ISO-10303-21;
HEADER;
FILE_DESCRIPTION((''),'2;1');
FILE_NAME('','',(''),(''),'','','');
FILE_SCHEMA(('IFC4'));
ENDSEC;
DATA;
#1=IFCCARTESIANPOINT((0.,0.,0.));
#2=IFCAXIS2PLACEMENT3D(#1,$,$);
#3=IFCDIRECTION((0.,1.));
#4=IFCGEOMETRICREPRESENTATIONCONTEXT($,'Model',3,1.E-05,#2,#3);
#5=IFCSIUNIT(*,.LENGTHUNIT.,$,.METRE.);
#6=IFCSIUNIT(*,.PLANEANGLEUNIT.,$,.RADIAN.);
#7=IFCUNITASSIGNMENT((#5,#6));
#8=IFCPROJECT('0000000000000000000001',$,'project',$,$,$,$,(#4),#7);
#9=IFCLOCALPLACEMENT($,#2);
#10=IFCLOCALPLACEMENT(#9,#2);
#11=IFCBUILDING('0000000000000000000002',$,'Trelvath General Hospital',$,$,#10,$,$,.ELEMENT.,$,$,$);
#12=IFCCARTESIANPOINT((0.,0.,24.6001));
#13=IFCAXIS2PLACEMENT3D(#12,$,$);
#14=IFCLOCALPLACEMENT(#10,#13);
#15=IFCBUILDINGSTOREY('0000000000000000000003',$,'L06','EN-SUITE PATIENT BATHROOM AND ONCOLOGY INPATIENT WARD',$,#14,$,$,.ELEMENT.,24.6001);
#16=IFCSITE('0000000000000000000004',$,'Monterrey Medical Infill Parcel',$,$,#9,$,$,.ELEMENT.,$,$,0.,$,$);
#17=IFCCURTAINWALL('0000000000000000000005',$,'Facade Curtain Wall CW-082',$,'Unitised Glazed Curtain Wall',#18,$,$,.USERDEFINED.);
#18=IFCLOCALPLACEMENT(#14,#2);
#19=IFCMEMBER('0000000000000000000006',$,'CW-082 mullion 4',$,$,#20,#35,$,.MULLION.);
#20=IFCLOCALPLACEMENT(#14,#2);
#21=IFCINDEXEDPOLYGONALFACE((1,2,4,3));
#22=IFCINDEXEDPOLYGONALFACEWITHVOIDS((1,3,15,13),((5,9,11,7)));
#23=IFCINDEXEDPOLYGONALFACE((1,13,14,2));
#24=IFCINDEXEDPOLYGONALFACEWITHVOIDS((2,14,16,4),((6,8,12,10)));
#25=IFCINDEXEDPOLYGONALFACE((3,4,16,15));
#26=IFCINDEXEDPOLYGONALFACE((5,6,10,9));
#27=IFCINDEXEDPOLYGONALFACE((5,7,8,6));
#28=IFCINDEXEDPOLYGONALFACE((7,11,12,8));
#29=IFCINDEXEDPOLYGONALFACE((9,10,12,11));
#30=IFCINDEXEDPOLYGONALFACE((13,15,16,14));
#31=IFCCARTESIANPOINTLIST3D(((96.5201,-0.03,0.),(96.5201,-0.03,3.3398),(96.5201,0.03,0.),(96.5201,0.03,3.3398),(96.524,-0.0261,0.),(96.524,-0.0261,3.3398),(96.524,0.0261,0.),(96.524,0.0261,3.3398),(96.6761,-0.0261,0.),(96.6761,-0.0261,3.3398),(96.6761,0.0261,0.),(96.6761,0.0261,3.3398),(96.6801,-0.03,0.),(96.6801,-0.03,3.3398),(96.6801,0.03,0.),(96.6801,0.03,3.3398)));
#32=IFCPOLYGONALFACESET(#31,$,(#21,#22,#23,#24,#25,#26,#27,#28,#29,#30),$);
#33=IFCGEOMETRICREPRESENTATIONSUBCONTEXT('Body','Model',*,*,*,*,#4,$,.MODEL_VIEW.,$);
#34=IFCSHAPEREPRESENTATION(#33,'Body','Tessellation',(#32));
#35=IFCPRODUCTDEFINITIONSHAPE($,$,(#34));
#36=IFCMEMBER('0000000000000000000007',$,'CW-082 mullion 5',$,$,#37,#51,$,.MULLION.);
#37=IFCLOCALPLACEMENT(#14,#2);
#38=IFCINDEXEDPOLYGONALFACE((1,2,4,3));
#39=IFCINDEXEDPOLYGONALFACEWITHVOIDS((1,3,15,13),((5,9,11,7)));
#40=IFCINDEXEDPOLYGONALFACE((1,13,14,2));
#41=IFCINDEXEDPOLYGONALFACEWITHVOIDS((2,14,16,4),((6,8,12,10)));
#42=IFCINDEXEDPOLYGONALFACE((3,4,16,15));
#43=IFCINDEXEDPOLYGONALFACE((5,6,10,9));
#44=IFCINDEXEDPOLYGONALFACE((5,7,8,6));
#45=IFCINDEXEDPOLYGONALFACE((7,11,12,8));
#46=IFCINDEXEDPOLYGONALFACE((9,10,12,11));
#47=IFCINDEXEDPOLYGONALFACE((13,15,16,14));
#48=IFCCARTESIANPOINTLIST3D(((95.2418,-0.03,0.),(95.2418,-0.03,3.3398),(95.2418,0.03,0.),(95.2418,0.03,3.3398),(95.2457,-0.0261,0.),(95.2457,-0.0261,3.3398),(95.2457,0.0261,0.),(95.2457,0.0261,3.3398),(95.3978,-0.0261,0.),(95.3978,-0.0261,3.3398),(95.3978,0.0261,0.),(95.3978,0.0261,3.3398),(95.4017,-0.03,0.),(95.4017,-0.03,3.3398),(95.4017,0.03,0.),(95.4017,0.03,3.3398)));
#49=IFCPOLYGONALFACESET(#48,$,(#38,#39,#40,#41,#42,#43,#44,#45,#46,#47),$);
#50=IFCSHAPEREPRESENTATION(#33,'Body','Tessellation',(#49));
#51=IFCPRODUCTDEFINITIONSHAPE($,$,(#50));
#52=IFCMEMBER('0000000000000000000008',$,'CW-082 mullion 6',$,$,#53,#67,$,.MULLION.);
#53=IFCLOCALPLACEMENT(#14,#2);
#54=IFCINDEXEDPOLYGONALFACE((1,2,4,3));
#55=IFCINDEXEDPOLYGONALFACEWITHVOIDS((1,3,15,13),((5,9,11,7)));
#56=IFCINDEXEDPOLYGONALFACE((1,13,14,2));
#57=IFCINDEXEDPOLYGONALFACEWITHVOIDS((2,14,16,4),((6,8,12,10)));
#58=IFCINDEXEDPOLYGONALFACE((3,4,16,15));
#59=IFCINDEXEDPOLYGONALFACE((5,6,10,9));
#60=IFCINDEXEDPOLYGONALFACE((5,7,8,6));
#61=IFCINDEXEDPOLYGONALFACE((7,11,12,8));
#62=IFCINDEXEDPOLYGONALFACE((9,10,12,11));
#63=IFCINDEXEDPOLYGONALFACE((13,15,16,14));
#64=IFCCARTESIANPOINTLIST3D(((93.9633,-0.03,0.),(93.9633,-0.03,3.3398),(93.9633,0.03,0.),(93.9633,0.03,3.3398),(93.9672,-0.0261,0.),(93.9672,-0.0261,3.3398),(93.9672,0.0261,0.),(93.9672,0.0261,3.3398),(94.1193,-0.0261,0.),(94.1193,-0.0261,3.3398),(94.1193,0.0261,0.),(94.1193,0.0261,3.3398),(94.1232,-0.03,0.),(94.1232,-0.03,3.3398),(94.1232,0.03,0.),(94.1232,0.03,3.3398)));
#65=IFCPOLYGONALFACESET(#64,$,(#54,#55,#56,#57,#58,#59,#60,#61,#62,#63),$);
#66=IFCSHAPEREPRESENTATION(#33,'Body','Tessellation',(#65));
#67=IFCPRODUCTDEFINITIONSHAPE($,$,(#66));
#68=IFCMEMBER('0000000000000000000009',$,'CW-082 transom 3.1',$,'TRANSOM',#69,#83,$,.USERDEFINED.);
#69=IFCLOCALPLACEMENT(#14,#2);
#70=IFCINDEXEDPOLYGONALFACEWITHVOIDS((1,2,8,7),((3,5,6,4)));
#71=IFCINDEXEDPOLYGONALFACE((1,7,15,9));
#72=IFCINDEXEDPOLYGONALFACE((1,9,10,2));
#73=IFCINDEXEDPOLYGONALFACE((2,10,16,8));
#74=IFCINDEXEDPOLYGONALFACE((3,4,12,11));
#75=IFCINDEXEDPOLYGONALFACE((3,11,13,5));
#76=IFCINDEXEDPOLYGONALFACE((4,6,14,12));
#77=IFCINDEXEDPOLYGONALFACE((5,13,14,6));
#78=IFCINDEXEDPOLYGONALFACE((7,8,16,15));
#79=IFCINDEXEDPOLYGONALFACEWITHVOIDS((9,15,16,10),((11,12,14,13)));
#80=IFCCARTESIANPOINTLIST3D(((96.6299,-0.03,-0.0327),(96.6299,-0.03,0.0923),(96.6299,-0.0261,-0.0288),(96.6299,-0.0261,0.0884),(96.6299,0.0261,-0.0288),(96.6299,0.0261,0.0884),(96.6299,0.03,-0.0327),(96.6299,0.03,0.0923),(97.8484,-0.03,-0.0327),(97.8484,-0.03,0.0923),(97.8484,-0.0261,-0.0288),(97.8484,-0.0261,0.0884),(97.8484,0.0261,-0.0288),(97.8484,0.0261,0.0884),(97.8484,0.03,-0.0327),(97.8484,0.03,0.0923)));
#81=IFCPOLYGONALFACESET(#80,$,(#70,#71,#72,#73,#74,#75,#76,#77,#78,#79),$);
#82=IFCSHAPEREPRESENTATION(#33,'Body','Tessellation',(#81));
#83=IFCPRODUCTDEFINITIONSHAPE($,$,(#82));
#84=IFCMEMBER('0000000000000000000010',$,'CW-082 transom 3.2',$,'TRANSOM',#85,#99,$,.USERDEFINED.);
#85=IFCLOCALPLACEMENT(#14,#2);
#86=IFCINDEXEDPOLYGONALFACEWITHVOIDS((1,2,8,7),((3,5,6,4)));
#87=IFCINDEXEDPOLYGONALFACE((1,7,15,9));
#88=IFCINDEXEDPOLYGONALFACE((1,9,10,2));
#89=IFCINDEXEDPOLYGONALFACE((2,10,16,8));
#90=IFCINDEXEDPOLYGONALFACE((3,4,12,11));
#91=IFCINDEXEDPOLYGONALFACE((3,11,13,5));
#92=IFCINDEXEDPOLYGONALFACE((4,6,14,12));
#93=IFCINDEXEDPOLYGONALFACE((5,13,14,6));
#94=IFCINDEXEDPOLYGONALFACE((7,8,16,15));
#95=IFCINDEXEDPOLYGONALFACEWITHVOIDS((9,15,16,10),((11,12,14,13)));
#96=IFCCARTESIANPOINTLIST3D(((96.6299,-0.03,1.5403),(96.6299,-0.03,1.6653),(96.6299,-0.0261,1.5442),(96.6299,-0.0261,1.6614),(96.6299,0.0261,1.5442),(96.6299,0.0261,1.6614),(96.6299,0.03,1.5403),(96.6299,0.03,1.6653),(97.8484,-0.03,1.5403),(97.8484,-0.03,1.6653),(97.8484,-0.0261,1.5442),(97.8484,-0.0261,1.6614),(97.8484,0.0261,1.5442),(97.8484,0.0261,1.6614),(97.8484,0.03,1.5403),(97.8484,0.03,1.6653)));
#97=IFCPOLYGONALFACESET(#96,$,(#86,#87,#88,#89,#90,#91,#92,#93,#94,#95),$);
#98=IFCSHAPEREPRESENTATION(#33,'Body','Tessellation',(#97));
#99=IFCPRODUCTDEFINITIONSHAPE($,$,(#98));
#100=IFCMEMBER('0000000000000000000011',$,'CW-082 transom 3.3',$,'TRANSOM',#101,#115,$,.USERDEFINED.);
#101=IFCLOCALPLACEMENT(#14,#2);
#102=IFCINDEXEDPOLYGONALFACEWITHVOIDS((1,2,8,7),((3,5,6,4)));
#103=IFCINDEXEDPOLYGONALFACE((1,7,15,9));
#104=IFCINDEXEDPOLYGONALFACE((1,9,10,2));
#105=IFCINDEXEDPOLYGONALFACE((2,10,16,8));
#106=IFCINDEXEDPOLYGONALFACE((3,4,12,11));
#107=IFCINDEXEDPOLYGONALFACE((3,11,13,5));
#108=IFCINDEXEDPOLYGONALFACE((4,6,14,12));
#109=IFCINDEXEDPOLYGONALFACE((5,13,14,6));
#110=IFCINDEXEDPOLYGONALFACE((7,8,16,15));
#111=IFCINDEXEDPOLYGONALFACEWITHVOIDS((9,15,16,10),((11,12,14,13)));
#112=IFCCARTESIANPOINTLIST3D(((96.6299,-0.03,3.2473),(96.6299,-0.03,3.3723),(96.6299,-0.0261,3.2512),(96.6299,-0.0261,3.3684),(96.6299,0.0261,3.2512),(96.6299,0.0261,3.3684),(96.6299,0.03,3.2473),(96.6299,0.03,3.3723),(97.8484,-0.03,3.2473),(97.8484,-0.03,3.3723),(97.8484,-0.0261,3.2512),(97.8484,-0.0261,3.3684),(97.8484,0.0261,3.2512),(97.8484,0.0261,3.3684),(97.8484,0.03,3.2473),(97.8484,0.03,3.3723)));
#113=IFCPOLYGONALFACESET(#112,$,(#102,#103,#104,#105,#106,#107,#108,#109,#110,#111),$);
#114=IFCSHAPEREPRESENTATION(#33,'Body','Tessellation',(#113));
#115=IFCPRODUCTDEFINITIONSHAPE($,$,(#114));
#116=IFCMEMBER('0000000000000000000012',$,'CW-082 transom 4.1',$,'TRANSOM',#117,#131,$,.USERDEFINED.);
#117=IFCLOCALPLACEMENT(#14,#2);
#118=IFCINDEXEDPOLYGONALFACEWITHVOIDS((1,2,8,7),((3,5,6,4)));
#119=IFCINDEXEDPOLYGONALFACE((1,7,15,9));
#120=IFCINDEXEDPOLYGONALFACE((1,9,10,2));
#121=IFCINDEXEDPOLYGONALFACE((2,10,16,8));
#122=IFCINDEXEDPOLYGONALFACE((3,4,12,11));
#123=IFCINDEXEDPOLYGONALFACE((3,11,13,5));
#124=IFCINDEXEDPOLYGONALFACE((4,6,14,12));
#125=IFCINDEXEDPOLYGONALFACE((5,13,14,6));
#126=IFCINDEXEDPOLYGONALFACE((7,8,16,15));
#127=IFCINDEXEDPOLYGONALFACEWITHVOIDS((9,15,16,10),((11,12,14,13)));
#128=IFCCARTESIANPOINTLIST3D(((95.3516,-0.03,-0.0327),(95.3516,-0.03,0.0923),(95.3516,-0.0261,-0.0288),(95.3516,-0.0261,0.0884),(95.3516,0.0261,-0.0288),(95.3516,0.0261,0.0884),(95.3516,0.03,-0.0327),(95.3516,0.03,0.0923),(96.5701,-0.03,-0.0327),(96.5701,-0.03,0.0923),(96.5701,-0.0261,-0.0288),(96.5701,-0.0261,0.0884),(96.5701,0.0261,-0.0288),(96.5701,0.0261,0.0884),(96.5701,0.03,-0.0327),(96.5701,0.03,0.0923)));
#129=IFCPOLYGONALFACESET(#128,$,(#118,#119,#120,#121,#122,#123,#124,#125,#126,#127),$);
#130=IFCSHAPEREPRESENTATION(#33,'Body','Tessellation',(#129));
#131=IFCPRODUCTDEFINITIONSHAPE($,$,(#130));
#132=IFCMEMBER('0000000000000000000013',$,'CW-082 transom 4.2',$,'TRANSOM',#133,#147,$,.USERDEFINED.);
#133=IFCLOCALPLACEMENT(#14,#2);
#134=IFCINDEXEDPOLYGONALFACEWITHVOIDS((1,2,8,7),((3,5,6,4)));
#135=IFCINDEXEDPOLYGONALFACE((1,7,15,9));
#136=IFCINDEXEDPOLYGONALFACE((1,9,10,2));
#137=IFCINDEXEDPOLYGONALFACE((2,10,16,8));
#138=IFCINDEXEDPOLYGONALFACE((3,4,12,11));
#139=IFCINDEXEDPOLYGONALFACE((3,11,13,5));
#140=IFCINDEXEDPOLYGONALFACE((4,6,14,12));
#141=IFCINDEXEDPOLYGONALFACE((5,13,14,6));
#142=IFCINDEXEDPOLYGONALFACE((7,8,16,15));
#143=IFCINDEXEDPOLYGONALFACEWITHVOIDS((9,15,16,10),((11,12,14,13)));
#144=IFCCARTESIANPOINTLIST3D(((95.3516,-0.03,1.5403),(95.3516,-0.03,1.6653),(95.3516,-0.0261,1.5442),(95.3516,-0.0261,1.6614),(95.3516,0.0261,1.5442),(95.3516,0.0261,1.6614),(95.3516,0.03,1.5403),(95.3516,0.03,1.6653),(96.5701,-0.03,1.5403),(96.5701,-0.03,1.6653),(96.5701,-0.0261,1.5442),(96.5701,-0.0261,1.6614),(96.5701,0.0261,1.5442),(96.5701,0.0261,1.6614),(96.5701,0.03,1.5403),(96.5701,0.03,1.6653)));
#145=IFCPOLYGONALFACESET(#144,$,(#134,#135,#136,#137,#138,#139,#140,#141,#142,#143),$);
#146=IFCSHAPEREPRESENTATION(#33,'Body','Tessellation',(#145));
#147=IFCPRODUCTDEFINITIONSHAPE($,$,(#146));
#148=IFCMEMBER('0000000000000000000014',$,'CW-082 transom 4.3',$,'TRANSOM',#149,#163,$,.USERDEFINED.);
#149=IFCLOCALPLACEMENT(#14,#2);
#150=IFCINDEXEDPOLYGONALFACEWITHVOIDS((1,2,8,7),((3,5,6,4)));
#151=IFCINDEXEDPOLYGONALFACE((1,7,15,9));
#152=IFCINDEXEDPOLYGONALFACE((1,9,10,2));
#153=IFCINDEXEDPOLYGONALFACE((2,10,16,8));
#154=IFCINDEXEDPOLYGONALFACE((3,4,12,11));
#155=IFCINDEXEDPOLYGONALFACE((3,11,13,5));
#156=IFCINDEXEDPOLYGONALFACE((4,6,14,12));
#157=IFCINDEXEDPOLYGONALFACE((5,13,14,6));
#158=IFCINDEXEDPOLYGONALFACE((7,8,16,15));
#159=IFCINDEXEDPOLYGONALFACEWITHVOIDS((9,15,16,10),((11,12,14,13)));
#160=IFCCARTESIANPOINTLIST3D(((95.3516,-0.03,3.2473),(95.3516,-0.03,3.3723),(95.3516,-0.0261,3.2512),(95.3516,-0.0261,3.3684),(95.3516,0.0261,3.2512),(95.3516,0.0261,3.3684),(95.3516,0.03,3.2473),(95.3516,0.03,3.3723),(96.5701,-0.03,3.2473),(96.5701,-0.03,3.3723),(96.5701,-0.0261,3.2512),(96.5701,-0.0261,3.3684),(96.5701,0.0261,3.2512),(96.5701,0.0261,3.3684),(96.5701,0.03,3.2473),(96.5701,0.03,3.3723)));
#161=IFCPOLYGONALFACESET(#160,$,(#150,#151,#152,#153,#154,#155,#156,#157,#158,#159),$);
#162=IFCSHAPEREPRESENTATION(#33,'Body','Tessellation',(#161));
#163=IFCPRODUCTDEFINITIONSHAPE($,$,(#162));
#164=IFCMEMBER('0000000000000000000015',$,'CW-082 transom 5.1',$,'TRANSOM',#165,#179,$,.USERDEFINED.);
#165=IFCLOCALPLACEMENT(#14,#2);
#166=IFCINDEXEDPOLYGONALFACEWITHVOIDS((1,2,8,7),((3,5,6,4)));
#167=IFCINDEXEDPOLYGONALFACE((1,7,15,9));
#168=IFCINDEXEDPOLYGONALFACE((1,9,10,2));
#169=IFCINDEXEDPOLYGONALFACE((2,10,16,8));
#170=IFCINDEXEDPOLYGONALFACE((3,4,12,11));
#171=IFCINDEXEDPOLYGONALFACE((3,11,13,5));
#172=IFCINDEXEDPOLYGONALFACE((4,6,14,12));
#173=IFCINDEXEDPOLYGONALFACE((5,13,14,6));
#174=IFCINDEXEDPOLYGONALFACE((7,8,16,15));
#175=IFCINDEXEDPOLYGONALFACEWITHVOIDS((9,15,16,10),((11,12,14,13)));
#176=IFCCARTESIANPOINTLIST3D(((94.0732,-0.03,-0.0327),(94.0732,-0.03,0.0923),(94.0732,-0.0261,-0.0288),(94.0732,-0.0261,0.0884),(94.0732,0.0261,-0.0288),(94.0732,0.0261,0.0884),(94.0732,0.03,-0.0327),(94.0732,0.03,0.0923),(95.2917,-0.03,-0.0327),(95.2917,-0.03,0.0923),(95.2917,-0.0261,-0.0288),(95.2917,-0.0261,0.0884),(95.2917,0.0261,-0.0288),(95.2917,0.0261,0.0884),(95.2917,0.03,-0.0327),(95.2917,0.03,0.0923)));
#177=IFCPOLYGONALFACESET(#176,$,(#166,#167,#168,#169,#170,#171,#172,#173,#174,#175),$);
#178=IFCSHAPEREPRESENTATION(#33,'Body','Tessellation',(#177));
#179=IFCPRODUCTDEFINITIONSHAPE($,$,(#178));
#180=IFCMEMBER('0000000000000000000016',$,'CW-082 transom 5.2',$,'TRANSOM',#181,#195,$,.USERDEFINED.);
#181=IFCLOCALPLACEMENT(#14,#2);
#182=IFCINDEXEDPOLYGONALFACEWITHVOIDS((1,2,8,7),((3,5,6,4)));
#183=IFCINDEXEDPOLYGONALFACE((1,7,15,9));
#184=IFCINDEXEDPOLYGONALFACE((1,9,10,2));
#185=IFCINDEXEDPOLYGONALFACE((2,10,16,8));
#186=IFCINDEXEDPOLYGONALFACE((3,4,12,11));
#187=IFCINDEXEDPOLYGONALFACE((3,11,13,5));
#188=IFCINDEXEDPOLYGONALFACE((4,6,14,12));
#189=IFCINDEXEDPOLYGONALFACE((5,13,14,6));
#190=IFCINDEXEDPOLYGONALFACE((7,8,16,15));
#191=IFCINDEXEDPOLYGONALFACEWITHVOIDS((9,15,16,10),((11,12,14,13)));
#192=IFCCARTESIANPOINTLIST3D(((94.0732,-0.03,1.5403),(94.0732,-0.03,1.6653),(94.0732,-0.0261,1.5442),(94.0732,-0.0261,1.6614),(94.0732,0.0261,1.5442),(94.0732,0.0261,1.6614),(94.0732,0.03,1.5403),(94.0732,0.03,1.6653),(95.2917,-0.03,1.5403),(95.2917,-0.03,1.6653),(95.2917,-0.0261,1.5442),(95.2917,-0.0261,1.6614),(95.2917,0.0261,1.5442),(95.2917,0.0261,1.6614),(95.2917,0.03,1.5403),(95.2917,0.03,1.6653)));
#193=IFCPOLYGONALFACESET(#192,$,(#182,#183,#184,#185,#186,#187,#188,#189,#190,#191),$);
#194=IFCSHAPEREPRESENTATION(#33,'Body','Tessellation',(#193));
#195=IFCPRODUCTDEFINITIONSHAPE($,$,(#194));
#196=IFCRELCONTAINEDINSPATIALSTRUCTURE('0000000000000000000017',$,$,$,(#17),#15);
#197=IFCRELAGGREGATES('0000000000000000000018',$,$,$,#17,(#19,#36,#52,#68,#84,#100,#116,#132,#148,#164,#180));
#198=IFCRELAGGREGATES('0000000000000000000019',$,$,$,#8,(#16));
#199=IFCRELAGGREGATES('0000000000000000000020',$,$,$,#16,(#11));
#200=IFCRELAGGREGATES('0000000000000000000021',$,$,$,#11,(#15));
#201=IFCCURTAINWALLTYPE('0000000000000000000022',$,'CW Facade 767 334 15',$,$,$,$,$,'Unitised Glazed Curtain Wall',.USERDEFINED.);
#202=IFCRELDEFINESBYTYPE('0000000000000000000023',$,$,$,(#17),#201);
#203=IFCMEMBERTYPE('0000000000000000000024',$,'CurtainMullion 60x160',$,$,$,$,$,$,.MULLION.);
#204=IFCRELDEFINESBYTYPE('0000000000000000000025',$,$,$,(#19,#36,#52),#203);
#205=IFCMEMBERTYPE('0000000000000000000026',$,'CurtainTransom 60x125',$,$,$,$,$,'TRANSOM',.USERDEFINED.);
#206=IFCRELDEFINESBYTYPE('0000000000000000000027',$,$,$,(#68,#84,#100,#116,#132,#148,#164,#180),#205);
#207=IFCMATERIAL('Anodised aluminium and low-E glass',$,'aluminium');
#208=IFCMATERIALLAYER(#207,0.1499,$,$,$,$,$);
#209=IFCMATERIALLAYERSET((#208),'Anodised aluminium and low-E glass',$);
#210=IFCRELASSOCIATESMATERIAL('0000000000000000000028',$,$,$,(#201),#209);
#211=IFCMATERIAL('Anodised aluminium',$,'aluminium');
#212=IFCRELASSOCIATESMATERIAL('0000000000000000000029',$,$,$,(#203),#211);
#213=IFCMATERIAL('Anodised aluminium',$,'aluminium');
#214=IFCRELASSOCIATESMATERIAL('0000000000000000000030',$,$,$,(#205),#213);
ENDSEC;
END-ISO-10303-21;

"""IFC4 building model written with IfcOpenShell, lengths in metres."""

from ifc_helpers import new_model, si_unit, direction, frame, origin, origin_2d, place, context, subcontext, project, spatial, hollow_rectangle, extrude, material, layer, layer_set, material_profile, profile_set, type_object, element, aggregate, save


model = new_model("IFC4")

# Units and contexts
model_context = context("Model", 3, precision=1e-05, world=origin(), true_north=direction((0.0, 1.0)))
body_context = subcontext(model_context, "Body", "Model", "MODEL_VIEW")
ifc_project = project(units=[si_unit("LENGTHUNIT", "METRE"), si_unit("PLANEANGLEUNIT", "RADIAN")], contexts=[model_context])

# Site, building, storey
site_placement = place(None, origin())
site = spatial("IfcSite", under=ifc_project, at=site_placement, Name="Monterrey Medical Infill Parcel", CompositionType="ELEMENT", RefElevation=0.0)
building_placement = place(site_placement, origin())
building = spatial("IfcBuilding", under=site, at=building_placement, Name="Trelvath General Hospital", CompositionType="ELEMENT")
storey_placement = place(building_placement, frame((0.0, 0.0, 24.6001)))
storey = spatial("IfcBuildingStorey", under=building, at=storey_placement, Name="L06", Description="EN-SUITE PATIENT BATHROOM AND ONCOLOGY INPATIENT WARD", CompositionType="ELEMENT", Elevation=24.6001)

# Curtain wall, members
ifc_material_1 = material(Name="Anodised aluminium and low-E glass", Category="aluminium")
ifc_layer_1 = layer(ifc_material_1, 0.1499)
ifc_layer_set_1 = layer_set([ifc_layer_1], Name="Anodised aluminium and low-E glass")
curtain_wall_type = type_object("IfcCurtainWallType", Name="CW Facade 767 334 15", ElementType="Unitised Glazed Curtain Wall", PredefinedType="USERDEFINED", material=ifc_layer_set_1)
curtain_wall_placement = place(storey_placement, origin())
curtain_wall = element("IfcCurtainWall", 1, at=curtain_wall_placement, inside=storey, type_object=curtain_wall_type, Name="Facade Curtain Wall CW-082", ObjectType="Unitised Glazed Curtain Wall", PredefinedType="USERDEFINED")
ifc_material_2 = material(Name="Anodised aluminium", Category="aluminium")
ifc_material_profile_1 = material_profile(ifc_material_2, hollow_rectangle(XDim=0.0601, YDim=0.1599, WallThickness=0.0039, at=origin_2d()), Name="RHS60x160x4")
ifc_profile_set_1 = profile_set([ifc_material_profile_1], Name="Anodised aluminium")
member_type_1 = type_object("IfcMemberType", Name="CurtainMullion 60x160", PredefinedType="MULLION", material=ifc_profile_set_1)
member_1_placement = place(storey_placement, frame((96.6001, 0.0, 0.0), z_axis=(0.0, 0.0, 1.0), x_axis=(0.0, -1.0, 0.0)))
member_1 = element("IfcMember", 2, at=member_1_placement, type_object=member_type_1, Name="CW-082 mullion 4", PredefinedType="MULLION", context=body_context, shape_type="SweptSolid", body=[
    extrude(hollow_rectangle(XDim=0.0601, YDim=0.1599, WallThickness=0.0039, at=origin_2d()), origin(), (0.0, 0.0, 1.0), 3.3398),
])
member_2_placement = place(storey_placement, frame((95.3218, 0.0, 0.0), z_axis=(0.0, 0.0, 1.0), x_axis=(0.0, -1.0, 0.0)))
member_2 = element("IfcMember", 3, at=member_2_placement, type_object=member_type_1, Name="CW-082 mullion 5", PredefinedType="MULLION", context=body_context, shape_type="SweptSolid", body=[
    extrude(hollow_rectangle(XDim=0.0601, YDim=0.1599, WallThickness=0.0039, at=origin_2d()), origin(), (0.0, 0.0, 1.0), 3.3398),
])
member_3_placement = place(storey_placement, frame((94.0432, 0.0, 0.0), z_axis=(0.0, 0.0, 1.0), x_axis=(0.0, -1.0, 0.0)))
member_3 = element("IfcMember", 4, at=member_3_placement, type_object=member_type_1, Name="CW-082 mullion 6", PredefinedType="MULLION", context=body_context, shape_type="SweptSolid", body=[
    extrude(hollow_rectangle(XDim=0.0601, YDim=0.1599, WallThickness=0.0039, at=origin_2d()), origin(), (0.0, 0.0, 1.0), 3.3398),
])
ifc_material_3 = material(Name="Anodised aluminium", Category="aluminium")
ifc_material_profile_2 = material_profile(ifc_material_3, hollow_rectangle(XDim=0.0601, YDim=0.125, WallThickness=0.0039, at=origin_2d()), Name="RHS60x125x4")
ifc_profile_set_2 = profile_set([ifc_material_profile_2], Name="Anodised aluminium")
member_type_2 = type_object("IfcMemberType", Name="CurtainTransom 60x125", ElementType="TRANSOM", PredefinedType="USERDEFINED", material=ifc_profile_set_2)
member_4_placement = place(storey_placement, frame((97.8484, 0.0, 0.0298), z_axis=(-1.0, 0.0, 0.0), x_axis=(0.0, -1.0, 0.0)))
member_4 = element("IfcMember", 5, at=member_4_placement, type_object=member_type_2, Name="CW-082 transom 3.1", ObjectType="TRANSOM", PredefinedType="USERDEFINED", context=body_context, shape_type="SweptSolid", body=[
    extrude(hollow_rectangle(XDim=0.0601, YDim=0.125, WallThickness=0.0039, at=origin_2d()), origin(), (0.0, 0.0, 1.0), 1.2185),
])
member_5_placement = place(storey_placement, frame((97.8484, 0.0, 1.6028), z_axis=(-1.0, 0.0, 0.0), x_axis=(0.0, -1.0, 0.0)))
member_5 = element("IfcMember", 6, at=member_5_placement, type_object=member_type_2, Name="CW-082 transom 3.2", ObjectType="TRANSOM", PredefinedType="USERDEFINED", context=body_context, shape_type="SweptSolid", body=[
    extrude(hollow_rectangle(XDim=0.0601, YDim=0.125, WallThickness=0.0039, at=origin_2d()), origin(), (0.0, 0.0, 1.0), 1.2185),
])
member_6_placement = place(storey_placement, frame((97.8484, 0.0, 3.3098), z_axis=(-1.0, 0.0, 0.0), x_axis=(0.0, -1.0, 0.0)))
member_6 = element("IfcMember", 7, at=member_6_placement, type_object=member_type_2, Name="CW-082 transom 3.3", ObjectType="TRANSOM", PredefinedType="USERDEFINED", context=body_context, shape_type="SweptSolid", body=[
    extrude(hollow_rectangle(XDim=0.0601, YDim=0.125, WallThickness=0.0039, at=origin_2d()), origin(), (0.0, 0.0, 1.0), 1.2185),
])
member_7_placement = place(storey_placement, frame((96.5701, 0.0, 0.0298), z_axis=(-1.0, 0.0, 0.0), x_axis=(0.0, -1.0, 0.0)))
member_7 = element("IfcMember", 8, at=member_7_placement, type_object=member_type_2, Name="CW-082 transom 4.1", ObjectType="TRANSOM", PredefinedType="USERDEFINED", context=body_context, shape_type="SweptSolid", body=[
    extrude(hollow_rectangle(XDim=0.0601, YDim=0.125, WallThickness=0.0039, at=origin_2d()), origin(), (0.0, 0.0, 1.0), 1.2185),
])
member_8_placement = place(storey_placement, frame((96.5701, 0.0, 1.6028), z_axis=(-1.0, 0.0, 0.0), x_axis=(0.0, -1.0, 0.0)))
member_8 = element("IfcMember", 9, at=member_8_placement, type_object=member_type_2, Name="CW-082 transom 4.2", ObjectType="TRANSOM", PredefinedType="USERDEFINED", context=body_context, shape_type="SweptSolid", body=[
    extrude(hollow_rectangle(XDim=0.0601, YDim=0.125, WallThickness=0.0039, at=origin_2d()), origin(), (0.0, 0.0, 1.0), 1.2185),
])
member_9_placement = place(storey_placement, frame((96.5701, 0.0, 3.3098), z_axis=(-1.0, 0.0, 0.0), x_axis=(0.0, -1.0, 0.0)))
member_9 = element("IfcMember", 10, at=member_9_placement, type_object=member_type_2, Name="CW-082 transom 4.3", ObjectType="TRANSOM", PredefinedType="USERDEFINED", context=body_context, shape_type="SweptSolid", body=[
    extrude(hollow_rectangle(XDim=0.0601, YDim=0.125, WallThickness=0.0039, at=origin_2d()), origin(), (0.0, 0.0, 1.0), 1.2185),
])
member_10_placement = place(storey_placement, frame((95.2917, 0.0, 0.0298), z_axis=(-1.0, 0.0, 0.0), x_axis=(0.0, -1.0, 0.0)))
member_10 = element("IfcMember", 11, at=member_10_placement, type_object=member_type_2, Name="CW-082 transom 5.1", ObjectType="TRANSOM", PredefinedType="USERDEFINED", context=body_context, shape_type="SweptSolid", body=[
    extrude(hollow_rectangle(XDim=0.0601, YDim=0.125, WallThickness=0.0039, at=origin_2d()), origin(), (0.0, 0.0, 1.0), 1.2185),
])
member_11_placement = place(storey_placement, frame((95.2917, 0.0, 1.6028), z_axis=(-1.0, 0.0, 0.0), x_axis=(0.0, -1.0, 0.0)))
member_11 = element("IfcMember", 12, at=member_11_placement, type_object=member_type_2, Name="CW-082 transom 5.2", ObjectType="TRANSOM", PredefinedType="USERDEFINED", context=body_context, shape_type="SweptSolid", body=[
    extrude(hollow_rectangle(XDim=0.0601, YDim=0.125, WallThickness=0.0039, at=origin_2d()), origin(), (0.0, 0.0, 1.0), 1.2185),
])
aggregate(curtain_wall, [member_1, member_2, member_3, member_4, member_5, member_6, member_7, member_8, member_9, member_10, member_11])

save(model, "model.ifc")
